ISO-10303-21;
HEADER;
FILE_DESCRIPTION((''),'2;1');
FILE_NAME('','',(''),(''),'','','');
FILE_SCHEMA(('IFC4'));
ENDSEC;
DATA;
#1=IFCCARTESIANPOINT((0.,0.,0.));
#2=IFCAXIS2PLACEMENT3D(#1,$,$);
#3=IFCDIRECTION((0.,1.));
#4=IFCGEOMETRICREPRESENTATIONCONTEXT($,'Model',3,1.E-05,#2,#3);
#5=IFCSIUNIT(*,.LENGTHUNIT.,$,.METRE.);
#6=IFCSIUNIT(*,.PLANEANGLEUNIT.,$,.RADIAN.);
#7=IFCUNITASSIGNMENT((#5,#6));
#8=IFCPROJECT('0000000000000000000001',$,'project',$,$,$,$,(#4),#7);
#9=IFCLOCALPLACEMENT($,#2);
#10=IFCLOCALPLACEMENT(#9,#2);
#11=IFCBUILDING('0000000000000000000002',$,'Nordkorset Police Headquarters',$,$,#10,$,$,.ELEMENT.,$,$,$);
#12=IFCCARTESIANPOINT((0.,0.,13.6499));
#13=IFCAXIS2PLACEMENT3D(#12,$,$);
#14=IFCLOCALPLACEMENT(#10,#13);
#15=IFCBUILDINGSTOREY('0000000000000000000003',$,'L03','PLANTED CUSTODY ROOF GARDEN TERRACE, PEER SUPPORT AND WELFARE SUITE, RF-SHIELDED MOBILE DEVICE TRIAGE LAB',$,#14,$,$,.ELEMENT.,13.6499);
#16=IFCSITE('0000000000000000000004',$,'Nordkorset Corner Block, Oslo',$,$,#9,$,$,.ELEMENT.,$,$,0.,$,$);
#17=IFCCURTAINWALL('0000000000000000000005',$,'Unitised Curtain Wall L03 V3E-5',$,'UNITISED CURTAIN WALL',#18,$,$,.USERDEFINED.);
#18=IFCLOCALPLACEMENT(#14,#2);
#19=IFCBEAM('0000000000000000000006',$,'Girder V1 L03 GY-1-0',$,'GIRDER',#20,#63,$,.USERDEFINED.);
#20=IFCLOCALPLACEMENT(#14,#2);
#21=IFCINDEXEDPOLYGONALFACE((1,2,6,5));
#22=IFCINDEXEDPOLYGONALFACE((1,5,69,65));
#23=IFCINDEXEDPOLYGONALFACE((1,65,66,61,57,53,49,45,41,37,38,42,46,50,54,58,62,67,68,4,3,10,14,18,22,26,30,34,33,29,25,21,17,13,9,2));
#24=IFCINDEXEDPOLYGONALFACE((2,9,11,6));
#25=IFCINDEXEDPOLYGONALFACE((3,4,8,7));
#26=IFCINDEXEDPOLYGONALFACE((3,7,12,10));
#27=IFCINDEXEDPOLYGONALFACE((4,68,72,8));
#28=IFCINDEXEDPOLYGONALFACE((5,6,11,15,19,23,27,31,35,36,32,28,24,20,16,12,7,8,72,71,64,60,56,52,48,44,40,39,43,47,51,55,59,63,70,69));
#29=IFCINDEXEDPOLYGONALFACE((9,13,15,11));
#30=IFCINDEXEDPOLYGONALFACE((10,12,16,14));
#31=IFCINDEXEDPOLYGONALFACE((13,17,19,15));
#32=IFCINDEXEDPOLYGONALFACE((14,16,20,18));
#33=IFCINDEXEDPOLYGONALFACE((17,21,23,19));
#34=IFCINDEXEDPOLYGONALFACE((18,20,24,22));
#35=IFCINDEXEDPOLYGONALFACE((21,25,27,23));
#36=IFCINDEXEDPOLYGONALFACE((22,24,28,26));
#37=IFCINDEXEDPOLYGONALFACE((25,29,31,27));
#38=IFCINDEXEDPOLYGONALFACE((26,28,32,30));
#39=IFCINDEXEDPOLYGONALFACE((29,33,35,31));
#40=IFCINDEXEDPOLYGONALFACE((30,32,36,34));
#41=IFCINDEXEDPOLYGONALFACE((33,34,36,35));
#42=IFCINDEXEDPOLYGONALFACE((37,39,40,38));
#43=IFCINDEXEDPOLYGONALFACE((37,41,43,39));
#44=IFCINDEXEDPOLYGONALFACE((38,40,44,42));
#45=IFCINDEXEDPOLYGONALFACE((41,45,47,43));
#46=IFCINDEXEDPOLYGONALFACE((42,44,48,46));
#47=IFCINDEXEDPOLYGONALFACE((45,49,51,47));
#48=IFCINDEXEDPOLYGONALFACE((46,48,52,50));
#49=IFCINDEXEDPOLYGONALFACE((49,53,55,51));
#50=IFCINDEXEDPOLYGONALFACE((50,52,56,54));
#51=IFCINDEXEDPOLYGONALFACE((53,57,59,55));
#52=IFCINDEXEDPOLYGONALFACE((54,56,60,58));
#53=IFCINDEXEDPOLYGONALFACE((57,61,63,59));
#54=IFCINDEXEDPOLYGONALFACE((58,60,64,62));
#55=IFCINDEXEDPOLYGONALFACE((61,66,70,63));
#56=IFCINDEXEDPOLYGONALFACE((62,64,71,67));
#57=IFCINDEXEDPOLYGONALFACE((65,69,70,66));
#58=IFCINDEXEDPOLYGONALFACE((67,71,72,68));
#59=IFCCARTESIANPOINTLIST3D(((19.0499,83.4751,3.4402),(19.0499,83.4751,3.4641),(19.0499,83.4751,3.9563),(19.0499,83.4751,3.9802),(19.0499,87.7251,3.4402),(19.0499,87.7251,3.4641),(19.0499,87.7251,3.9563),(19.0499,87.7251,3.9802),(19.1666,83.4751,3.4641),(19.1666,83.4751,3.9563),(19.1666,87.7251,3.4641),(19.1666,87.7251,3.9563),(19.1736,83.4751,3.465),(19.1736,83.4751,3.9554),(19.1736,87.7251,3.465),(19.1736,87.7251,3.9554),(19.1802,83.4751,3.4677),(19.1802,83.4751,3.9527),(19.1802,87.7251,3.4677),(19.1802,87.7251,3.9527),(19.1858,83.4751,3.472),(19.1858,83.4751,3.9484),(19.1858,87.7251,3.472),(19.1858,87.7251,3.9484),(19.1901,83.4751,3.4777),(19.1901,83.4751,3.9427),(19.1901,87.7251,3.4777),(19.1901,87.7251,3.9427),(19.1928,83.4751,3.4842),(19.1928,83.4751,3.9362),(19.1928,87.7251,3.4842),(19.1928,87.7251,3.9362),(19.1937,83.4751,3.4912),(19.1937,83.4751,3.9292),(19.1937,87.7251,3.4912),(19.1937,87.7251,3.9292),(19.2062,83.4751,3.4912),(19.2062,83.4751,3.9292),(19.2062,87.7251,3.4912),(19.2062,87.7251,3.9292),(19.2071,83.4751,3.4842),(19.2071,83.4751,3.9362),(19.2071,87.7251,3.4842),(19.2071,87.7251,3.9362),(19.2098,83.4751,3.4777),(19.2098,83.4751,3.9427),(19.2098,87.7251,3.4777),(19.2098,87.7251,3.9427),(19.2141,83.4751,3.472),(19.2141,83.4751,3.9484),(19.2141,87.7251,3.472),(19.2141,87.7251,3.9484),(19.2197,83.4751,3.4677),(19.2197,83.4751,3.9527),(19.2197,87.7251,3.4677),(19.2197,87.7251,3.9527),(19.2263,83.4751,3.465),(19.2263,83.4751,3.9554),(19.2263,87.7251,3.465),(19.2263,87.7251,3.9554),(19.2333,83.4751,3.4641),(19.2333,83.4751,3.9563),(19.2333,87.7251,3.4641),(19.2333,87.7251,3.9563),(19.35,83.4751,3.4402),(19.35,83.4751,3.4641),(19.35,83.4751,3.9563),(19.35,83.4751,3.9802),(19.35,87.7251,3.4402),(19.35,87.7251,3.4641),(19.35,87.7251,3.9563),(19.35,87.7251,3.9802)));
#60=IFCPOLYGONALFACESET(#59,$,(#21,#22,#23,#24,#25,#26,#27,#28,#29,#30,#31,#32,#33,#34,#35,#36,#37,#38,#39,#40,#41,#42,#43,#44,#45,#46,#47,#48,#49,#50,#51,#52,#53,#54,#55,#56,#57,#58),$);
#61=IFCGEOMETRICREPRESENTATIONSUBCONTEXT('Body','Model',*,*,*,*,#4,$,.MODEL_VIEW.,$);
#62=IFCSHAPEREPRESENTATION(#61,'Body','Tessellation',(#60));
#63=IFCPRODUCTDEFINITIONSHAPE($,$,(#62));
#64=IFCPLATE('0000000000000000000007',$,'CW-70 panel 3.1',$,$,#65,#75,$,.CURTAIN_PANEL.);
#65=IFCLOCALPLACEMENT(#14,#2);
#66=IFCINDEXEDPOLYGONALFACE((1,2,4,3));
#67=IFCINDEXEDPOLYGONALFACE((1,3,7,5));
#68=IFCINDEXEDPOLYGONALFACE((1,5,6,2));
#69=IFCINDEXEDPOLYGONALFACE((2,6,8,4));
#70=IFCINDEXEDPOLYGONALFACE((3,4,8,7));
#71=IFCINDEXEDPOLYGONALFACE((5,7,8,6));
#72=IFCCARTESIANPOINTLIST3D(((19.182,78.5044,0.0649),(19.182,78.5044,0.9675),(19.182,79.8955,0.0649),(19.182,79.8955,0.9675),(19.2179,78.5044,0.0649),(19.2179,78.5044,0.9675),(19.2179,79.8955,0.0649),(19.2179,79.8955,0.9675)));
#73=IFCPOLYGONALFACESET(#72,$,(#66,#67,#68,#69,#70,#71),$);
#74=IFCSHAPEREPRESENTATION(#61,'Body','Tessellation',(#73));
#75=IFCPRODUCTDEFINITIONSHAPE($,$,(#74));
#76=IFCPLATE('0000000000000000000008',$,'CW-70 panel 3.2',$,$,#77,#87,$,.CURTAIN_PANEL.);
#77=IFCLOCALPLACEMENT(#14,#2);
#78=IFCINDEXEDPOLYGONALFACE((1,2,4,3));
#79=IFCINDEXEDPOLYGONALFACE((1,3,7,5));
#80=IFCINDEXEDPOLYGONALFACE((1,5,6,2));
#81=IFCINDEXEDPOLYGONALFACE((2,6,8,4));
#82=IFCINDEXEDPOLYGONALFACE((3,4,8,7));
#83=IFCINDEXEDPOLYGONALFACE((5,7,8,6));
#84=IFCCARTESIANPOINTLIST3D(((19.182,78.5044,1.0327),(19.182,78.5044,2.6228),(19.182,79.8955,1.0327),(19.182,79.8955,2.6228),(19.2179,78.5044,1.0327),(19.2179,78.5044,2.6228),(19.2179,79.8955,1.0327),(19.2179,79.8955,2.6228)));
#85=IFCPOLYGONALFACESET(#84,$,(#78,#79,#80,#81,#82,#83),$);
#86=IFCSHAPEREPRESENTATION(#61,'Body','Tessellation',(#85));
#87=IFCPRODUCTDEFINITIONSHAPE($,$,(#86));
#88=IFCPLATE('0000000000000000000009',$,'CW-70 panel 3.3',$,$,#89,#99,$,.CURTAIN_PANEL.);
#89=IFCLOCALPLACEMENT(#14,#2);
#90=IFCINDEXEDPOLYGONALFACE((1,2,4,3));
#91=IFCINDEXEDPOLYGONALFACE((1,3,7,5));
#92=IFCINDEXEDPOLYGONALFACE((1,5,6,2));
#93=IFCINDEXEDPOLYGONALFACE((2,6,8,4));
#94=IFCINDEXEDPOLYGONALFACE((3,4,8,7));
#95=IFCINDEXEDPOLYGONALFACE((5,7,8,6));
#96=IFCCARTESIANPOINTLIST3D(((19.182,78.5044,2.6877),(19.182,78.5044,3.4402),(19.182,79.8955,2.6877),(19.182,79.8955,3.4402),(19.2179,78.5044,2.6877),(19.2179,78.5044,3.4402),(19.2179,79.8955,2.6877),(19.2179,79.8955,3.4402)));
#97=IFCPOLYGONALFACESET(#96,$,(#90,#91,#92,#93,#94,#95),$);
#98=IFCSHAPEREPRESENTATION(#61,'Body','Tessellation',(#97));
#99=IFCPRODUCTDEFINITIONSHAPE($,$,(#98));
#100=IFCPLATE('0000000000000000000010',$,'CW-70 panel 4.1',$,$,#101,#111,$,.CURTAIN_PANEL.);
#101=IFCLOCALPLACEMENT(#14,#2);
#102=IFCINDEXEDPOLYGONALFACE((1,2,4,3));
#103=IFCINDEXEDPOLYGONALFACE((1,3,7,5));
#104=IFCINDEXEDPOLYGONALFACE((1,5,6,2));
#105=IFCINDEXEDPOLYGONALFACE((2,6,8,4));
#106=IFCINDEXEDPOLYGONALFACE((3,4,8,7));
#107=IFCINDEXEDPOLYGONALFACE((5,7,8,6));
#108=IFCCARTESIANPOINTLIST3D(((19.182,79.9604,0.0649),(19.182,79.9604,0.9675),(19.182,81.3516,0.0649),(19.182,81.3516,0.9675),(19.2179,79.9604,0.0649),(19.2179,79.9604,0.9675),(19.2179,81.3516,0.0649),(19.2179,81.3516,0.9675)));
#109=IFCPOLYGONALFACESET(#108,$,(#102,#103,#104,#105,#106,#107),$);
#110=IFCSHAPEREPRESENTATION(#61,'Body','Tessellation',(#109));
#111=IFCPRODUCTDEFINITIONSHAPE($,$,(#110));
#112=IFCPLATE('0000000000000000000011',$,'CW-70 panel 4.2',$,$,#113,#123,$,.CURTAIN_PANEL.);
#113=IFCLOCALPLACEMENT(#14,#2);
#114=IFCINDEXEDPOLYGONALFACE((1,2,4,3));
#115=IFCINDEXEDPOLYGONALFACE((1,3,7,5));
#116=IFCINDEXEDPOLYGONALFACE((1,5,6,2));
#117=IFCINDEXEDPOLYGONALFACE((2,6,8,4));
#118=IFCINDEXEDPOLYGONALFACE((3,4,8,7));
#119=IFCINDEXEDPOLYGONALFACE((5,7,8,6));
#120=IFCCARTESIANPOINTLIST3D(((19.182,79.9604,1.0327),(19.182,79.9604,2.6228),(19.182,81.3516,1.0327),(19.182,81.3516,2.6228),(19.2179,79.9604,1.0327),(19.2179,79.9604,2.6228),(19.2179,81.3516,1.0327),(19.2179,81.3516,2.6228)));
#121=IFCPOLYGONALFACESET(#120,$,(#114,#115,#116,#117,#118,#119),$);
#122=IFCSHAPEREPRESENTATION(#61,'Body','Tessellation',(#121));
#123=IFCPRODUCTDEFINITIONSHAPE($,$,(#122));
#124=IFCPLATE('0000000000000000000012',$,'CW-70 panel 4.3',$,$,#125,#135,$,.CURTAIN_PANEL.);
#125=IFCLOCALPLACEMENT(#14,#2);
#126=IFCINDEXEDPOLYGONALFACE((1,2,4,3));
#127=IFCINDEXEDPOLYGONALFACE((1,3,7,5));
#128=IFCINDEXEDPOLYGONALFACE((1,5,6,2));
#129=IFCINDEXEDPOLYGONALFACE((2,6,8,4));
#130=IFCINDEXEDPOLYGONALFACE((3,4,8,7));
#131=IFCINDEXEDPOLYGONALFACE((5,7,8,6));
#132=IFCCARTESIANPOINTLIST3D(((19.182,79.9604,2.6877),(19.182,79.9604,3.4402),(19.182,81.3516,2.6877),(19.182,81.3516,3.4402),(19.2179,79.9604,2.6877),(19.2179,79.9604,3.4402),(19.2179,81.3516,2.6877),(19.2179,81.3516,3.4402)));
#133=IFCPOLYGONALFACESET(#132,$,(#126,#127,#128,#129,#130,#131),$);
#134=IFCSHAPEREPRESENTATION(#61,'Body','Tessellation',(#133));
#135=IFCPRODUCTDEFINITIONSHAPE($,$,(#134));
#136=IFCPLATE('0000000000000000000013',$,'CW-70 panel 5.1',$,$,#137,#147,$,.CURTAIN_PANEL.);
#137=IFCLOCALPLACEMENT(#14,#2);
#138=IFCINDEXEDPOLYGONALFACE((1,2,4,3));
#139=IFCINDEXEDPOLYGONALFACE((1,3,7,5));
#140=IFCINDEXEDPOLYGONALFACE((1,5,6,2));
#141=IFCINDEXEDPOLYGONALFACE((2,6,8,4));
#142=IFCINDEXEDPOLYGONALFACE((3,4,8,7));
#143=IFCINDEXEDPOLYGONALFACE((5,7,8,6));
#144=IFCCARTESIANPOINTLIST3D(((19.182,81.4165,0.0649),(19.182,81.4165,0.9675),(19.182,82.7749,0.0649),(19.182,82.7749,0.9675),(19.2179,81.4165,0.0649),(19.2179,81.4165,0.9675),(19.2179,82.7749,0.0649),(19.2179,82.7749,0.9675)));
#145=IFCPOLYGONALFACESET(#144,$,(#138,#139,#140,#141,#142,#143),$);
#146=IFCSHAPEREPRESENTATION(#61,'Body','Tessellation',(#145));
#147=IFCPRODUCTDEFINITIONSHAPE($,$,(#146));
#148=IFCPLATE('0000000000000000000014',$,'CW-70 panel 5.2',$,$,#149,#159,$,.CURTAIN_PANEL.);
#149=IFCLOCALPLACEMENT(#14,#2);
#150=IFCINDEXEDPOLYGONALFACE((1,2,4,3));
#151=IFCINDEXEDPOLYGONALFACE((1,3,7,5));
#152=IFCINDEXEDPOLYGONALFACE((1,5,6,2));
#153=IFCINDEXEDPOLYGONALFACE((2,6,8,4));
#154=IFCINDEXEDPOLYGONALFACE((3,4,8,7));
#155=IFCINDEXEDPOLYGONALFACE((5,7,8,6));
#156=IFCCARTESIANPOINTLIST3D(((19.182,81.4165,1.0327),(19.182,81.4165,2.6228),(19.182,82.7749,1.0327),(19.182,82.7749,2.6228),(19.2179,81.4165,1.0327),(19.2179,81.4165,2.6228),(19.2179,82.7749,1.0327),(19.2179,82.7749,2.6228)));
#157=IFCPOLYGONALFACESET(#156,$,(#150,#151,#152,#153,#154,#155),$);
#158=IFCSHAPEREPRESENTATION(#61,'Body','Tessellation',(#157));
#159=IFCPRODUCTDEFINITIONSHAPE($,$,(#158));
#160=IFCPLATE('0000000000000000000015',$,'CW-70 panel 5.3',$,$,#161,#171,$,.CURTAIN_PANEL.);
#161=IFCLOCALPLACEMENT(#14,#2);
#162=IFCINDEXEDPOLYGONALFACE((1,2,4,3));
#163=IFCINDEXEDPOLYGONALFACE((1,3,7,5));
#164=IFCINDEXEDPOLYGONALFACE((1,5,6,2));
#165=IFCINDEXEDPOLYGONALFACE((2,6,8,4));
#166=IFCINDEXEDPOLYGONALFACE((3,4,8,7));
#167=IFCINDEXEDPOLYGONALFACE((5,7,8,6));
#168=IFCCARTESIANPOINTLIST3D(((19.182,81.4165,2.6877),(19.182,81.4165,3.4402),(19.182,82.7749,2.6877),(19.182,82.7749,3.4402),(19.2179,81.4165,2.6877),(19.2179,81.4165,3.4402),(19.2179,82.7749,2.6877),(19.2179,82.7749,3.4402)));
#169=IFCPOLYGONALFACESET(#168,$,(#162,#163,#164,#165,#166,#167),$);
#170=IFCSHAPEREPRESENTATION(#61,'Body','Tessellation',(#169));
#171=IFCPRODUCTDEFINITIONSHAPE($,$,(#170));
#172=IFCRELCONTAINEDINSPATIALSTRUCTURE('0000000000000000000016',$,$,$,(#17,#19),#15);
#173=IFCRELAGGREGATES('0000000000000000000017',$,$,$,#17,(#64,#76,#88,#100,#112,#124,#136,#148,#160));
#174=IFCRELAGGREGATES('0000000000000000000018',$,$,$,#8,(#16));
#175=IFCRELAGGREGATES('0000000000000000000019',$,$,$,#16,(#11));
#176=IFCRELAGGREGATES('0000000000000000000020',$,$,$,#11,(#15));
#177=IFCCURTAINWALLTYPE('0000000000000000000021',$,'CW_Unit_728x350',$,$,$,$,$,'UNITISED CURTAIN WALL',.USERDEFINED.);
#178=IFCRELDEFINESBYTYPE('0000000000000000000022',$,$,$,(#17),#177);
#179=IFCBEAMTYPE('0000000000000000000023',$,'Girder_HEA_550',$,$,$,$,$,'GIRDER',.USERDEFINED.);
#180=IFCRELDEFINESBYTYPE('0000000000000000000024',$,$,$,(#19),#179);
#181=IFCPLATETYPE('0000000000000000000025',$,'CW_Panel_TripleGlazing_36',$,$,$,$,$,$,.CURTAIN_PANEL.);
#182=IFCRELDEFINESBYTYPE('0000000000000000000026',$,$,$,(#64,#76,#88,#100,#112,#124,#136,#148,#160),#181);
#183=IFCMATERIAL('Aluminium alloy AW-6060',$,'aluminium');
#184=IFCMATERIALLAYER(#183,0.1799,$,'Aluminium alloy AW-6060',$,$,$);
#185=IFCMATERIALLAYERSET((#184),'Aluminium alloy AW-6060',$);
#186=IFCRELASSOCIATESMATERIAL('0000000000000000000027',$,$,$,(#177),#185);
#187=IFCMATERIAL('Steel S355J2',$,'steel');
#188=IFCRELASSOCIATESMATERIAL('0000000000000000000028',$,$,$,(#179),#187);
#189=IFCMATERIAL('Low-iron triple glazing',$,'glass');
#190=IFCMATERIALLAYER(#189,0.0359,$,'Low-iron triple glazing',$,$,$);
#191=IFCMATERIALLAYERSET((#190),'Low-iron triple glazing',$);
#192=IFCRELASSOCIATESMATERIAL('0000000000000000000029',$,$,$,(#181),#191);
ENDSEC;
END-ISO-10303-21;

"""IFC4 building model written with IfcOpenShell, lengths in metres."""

from ifc_helpers import new_model, si_unit, direction, frame, origin, origin_2d, place, context, subcontext, project, spatial, rectangle, i_section, extrude, material, layer, layer_set, material_profile, profile_set, type_object, element, aggregate, save


model = new_model("IFC4")

# Units and contexts
model_context = context("Model", 3, precision=1e-05, world=origin(), true_north=direction((0.0, 1.0)))
body_context = subcontext(model_context, "Body", "Model", "MODEL_VIEW")
ifc_project = project(units=[si_unit("LENGTHUNIT", "METRE"), si_unit("PLANEANGLEUNIT", "RADIAN")], contexts=[model_context])

# Site, building, storey
site_placement = place(None, origin())
site = spatial("IfcSite", under=ifc_project, at=site_placement, Name="Nordkorset Corner Block, Oslo", CompositionType="ELEMENT", RefElevation=0.0)
building_placement = place(site_placement, origin())
building = spatial("IfcBuilding", under=site, at=building_placement, Name="Nordkorset Police Headquarters", CompositionType="ELEMENT")
storey_placement = place(building_placement, frame((0.0, 0.0, 13.6499)))
storey = spatial("IfcBuildingStorey", under=building, at=storey_placement, Name="L03", Description="PLANTED CUSTODY ROOF GARDEN TERRACE, PEER SUPPORT AND WELFARE SUITE, RF-SHIELDED MOBILE DEVICE TRIAGE LAB", CompositionType="ELEMENT", Elevation=13.6499)

# Curtain wall
ifc_material_1 = material(Name="Aluminium alloy AW-6060", Category="aluminium")
ifc_layer_1 = layer(ifc_material_1, 0.1799, Name="Aluminium alloy AW-6060")
ifc_layer_set_1 = layer_set([ifc_layer_1], Name="Aluminium alloy AW-6060")
curtain_wall_type = type_object("IfcCurtainWallType", Name="CW_Unit_728x350", ElementType="UNITISED CURTAIN WALL", PredefinedType="USERDEFINED", material=ifc_layer_set_1)
curtain_wall_placement = place(storey_placement, origin())
curtain_wall = element("IfcCurtainWall", 1, at=curtain_wall_placement, inside=storey, type_object=curtain_wall_type, Name="Unitised Curtain Wall L03 V3E-5", ObjectType="UNITISED CURTAIN WALL", PredefinedType="USERDEFINED")

# Beam
ifc_material_2 = material(Name="Steel S355J2", Category="steel")
ifc_material_profile_1 = material_profile(ifc_material_2, i_section(OverallWidth=0.3, OverallDepth=0.54, WebThickness=0.0125, FlangeThickness=0.0239, FilletRadius=0.0271, at=origin_2d()), Name="HEA 550")
ifc_profile_set_1 = profile_set([ifc_material_profile_1], Name="Steel S355J2")
beam_type = type_object("IfcBeamType", Name="Girder_HEA_550", ElementType="GIRDER", PredefinedType="USERDEFINED", material=ifc_profile_set_1)
beam_placement = place(storey_placement, frame((19.2, 83.4751, 3.7102), z_axis=(0.0, 1.0, 0.0), x_axis=(-1.0, 0.0, 0.0)))
element("IfcBeam", 2, at=beam_placement, inside=storey, type_object=beam_type, Name="Girder V1 L03 GY-1-0", ObjectType="GIRDER", PredefinedType="USERDEFINED", context=body_context, shape_type="SweptSolid", body=[
    extrude(i_section(OverallWidth=0.3, OverallDepth=0.54, WebThickness=0.0125, FlangeThickness=0.0239, FilletRadius=0.0271, at=origin_2d()), origin(), (0.0, 0.0, 1.0), 4.25),
])

# Plates
ifc_material_3 = material(Name="Low-iron triple glazing", Category="glass")
ifc_layer_2 = layer(ifc_material_3, 0.0359, Name="Low-iron triple glazing")
ifc_layer_set_2 = layer_set([ifc_layer_2], Name="Low-iron triple glazing")
plate_type = type_object("IfcPlateType", Name="CW_Panel_TripleGlazing_36", PredefinedType="CURTAIN_PANEL", material=ifc_layer_set_2)
plate_1_placement = place(storey_placement, frame((19.2, 79.2, 0.0649), z_axis=(0.0, 0.0, 1.0), x_axis=(0.0, 1.0, 0.0)))
plate_1 = element("IfcPlate", 3, at=plate_1_placement, type_object=plate_type, Name="CW-70 panel 3.1", PredefinedType="CURTAIN_PANEL", context=body_context, shape_type="SweptSolid", body=[
    extrude(rectangle(XDim=1.3911, YDim=0.0359, at=origin_2d()), origin(), (0.0, 0.0, 1.0), 0.9026),
])
plate_2_placement = place(storey_placement, frame((19.2, 79.2, 1.0327), z_axis=(0.0, 0.0, 1.0), x_axis=(0.0, 1.0, 0.0)))
plate_2 = element("IfcPlate", 4, at=plate_2_placement, type_object=plate_type, Name="CW-70 panel 3.2", PredefinedType="CURTAIN_PANEL", context=body_context, shape_type="SweptSolid", body=[
    extrude(rectangle(XDim=1.3911, YDim=0.0359, at=origin_2d()), origin(), (0.0, 0.0, 1.0), 1.5901),
])
plate_3_placement = place(storey_placement, frame((19.2, 79.2, 2.6877), z_axis=(0.0, 0.0, 1.0), x_axis=(0.0, 1.0, 0.0)))
plate_3 = element("IfcPlate", 5, at=plate_3_placement, type_object=plate_type, Name="CW-70 panel 3.3", PredefinedType="CURTAIN_PANEL", context=body_context, shape_type="SweptSolid", body=[
    extrude(rectangle(XDim=1.3911, YDim=0.0359, at=origin_2d()), origin(), (0.0, 0.0, 1.0), 0.7524),
])
plate_4_placement = place(storey_placement, frame((19.2, 80.656, 0.0649), z_axis=(0.0, 0.0, 1.0), x_axis=(0.0, 1.0, 0.0)))
plate_4 = element("IfcPlate", 6, at=plate_4_placement, type_object=plate_type, Name="CW-70 panel 4.1", PredefinedType="CURTAIN_PANEL", context=body_context, shape_type="SweptSolid", body=[
    extrude(rectangle(XDim=1.3911, YDim=0.0359, at=origin_2d()), origin(), (0.0, 0.0, 1.0), 0.9026),
])
plate_5_placement = place(storey_placement, frame((19.2, 80.656, 1.0327), z_axis=(0.0, 0.0, 1.0), x_axis=(0.0, 1.0, 0.0)))
plate_5 = element("IfcPlate", 7, at=plate_5_placement, type_object=plate_type, Name="CW-70 panel 4.2", PredefinedType="CURTAIN_PANEL", context=body_context, shape_type="SweptSolid", body=[
    extrude(rectangle(XDim=1.3911, YDim=0.0359, at=origin_2d()), origin(), (0.0, 0.0, 1.0), 1.5901),
])
plate_6_placement = place(storey_placement, frame((19.2, 80.656, 2.6877), z_axis=(0.0, 0.0, 1.0), x_axis=(0.0, 1.0, 0.0)))
plate_6 = element("IfcPlate", 8, at=plate_6_placement, type_object=plate_type, Name="CW-70 panel 4.3", PredefinedType="CURTAIN_PANEL", context=body_context, shape_type="SweptSolid", body=[
    extrude(rectangle(XDim=1.3911, YDim=0.0359, at=origin_2d()), origin(), (0.0, 0.0, 1.0), 0.7524),
])
plate_7_placement = place(storey_placement, frame((19.2, 82.0957, 0.0649), z_axis=(0.0, 0.0, 1.0), x_axis=(0.0, 1.0, 0.0)))
plate_7 = element("IfcPlate", 9, at=plate_7_placement, type_object=plate_type, Name="CW-70 panel 5.1", PredefinedType="CURTAIN_PANEL", context=body_context, shape_type="SweptSolid", body=[
    extrude(rectangle(XDim=1.3584, YDim=0.0359, at=origin_2d()), origin(), (0.0, 0.0, 1.0), 0.9026),
])
plate_8_placement = place(storey_placement, frame((19.2, 82.0957, 1.0327), z_axis=(0.0, 0.0, 1.0), x_axis=(0.0, 1.0, 0.0)))
plate_8 = element("IfcPlate", 10, at=plate_8_placement, type_object=plate_type, Name="CW-70 panel 5.2", PredefinedType="CURTAIN_PANEL", context=body_context, shape_type="SweptSolid", body=[
    extrude(rectangle(XDim=1.3584, YDim=0.0359, at=origin_2d()), origin(), (0.0, 0.0, 1.0), 1.5901),
])
plate_9_placement = place(storey_placement, frame((19.2, 82.0957, 2.6877), z_axis=(0.0, 0.0, 1.0), x_axis=(0.0, 1.0, 0.0)))
plate_9 = element("IfcPlate", 11, at=plate_9_placement, type_object=plate_type, Name="CW-70 panel 5.3", PredefinedType="CURTAIN_PANEL", context=body_context, shape_type="SweptSolid", body=[
    extrude(rectangle(XDim=1.3584, YDim=0.0359, at=origin_2d()), origin(), (0.0, 0.0, 1.0), 0.7524),
])
aggregate(curtain_wall, [plate_1, plate_2, plate_3, plate_4, plate_5, plate_6, plate_7, plate_8, plate_9])

save(model, "model.ifc")
